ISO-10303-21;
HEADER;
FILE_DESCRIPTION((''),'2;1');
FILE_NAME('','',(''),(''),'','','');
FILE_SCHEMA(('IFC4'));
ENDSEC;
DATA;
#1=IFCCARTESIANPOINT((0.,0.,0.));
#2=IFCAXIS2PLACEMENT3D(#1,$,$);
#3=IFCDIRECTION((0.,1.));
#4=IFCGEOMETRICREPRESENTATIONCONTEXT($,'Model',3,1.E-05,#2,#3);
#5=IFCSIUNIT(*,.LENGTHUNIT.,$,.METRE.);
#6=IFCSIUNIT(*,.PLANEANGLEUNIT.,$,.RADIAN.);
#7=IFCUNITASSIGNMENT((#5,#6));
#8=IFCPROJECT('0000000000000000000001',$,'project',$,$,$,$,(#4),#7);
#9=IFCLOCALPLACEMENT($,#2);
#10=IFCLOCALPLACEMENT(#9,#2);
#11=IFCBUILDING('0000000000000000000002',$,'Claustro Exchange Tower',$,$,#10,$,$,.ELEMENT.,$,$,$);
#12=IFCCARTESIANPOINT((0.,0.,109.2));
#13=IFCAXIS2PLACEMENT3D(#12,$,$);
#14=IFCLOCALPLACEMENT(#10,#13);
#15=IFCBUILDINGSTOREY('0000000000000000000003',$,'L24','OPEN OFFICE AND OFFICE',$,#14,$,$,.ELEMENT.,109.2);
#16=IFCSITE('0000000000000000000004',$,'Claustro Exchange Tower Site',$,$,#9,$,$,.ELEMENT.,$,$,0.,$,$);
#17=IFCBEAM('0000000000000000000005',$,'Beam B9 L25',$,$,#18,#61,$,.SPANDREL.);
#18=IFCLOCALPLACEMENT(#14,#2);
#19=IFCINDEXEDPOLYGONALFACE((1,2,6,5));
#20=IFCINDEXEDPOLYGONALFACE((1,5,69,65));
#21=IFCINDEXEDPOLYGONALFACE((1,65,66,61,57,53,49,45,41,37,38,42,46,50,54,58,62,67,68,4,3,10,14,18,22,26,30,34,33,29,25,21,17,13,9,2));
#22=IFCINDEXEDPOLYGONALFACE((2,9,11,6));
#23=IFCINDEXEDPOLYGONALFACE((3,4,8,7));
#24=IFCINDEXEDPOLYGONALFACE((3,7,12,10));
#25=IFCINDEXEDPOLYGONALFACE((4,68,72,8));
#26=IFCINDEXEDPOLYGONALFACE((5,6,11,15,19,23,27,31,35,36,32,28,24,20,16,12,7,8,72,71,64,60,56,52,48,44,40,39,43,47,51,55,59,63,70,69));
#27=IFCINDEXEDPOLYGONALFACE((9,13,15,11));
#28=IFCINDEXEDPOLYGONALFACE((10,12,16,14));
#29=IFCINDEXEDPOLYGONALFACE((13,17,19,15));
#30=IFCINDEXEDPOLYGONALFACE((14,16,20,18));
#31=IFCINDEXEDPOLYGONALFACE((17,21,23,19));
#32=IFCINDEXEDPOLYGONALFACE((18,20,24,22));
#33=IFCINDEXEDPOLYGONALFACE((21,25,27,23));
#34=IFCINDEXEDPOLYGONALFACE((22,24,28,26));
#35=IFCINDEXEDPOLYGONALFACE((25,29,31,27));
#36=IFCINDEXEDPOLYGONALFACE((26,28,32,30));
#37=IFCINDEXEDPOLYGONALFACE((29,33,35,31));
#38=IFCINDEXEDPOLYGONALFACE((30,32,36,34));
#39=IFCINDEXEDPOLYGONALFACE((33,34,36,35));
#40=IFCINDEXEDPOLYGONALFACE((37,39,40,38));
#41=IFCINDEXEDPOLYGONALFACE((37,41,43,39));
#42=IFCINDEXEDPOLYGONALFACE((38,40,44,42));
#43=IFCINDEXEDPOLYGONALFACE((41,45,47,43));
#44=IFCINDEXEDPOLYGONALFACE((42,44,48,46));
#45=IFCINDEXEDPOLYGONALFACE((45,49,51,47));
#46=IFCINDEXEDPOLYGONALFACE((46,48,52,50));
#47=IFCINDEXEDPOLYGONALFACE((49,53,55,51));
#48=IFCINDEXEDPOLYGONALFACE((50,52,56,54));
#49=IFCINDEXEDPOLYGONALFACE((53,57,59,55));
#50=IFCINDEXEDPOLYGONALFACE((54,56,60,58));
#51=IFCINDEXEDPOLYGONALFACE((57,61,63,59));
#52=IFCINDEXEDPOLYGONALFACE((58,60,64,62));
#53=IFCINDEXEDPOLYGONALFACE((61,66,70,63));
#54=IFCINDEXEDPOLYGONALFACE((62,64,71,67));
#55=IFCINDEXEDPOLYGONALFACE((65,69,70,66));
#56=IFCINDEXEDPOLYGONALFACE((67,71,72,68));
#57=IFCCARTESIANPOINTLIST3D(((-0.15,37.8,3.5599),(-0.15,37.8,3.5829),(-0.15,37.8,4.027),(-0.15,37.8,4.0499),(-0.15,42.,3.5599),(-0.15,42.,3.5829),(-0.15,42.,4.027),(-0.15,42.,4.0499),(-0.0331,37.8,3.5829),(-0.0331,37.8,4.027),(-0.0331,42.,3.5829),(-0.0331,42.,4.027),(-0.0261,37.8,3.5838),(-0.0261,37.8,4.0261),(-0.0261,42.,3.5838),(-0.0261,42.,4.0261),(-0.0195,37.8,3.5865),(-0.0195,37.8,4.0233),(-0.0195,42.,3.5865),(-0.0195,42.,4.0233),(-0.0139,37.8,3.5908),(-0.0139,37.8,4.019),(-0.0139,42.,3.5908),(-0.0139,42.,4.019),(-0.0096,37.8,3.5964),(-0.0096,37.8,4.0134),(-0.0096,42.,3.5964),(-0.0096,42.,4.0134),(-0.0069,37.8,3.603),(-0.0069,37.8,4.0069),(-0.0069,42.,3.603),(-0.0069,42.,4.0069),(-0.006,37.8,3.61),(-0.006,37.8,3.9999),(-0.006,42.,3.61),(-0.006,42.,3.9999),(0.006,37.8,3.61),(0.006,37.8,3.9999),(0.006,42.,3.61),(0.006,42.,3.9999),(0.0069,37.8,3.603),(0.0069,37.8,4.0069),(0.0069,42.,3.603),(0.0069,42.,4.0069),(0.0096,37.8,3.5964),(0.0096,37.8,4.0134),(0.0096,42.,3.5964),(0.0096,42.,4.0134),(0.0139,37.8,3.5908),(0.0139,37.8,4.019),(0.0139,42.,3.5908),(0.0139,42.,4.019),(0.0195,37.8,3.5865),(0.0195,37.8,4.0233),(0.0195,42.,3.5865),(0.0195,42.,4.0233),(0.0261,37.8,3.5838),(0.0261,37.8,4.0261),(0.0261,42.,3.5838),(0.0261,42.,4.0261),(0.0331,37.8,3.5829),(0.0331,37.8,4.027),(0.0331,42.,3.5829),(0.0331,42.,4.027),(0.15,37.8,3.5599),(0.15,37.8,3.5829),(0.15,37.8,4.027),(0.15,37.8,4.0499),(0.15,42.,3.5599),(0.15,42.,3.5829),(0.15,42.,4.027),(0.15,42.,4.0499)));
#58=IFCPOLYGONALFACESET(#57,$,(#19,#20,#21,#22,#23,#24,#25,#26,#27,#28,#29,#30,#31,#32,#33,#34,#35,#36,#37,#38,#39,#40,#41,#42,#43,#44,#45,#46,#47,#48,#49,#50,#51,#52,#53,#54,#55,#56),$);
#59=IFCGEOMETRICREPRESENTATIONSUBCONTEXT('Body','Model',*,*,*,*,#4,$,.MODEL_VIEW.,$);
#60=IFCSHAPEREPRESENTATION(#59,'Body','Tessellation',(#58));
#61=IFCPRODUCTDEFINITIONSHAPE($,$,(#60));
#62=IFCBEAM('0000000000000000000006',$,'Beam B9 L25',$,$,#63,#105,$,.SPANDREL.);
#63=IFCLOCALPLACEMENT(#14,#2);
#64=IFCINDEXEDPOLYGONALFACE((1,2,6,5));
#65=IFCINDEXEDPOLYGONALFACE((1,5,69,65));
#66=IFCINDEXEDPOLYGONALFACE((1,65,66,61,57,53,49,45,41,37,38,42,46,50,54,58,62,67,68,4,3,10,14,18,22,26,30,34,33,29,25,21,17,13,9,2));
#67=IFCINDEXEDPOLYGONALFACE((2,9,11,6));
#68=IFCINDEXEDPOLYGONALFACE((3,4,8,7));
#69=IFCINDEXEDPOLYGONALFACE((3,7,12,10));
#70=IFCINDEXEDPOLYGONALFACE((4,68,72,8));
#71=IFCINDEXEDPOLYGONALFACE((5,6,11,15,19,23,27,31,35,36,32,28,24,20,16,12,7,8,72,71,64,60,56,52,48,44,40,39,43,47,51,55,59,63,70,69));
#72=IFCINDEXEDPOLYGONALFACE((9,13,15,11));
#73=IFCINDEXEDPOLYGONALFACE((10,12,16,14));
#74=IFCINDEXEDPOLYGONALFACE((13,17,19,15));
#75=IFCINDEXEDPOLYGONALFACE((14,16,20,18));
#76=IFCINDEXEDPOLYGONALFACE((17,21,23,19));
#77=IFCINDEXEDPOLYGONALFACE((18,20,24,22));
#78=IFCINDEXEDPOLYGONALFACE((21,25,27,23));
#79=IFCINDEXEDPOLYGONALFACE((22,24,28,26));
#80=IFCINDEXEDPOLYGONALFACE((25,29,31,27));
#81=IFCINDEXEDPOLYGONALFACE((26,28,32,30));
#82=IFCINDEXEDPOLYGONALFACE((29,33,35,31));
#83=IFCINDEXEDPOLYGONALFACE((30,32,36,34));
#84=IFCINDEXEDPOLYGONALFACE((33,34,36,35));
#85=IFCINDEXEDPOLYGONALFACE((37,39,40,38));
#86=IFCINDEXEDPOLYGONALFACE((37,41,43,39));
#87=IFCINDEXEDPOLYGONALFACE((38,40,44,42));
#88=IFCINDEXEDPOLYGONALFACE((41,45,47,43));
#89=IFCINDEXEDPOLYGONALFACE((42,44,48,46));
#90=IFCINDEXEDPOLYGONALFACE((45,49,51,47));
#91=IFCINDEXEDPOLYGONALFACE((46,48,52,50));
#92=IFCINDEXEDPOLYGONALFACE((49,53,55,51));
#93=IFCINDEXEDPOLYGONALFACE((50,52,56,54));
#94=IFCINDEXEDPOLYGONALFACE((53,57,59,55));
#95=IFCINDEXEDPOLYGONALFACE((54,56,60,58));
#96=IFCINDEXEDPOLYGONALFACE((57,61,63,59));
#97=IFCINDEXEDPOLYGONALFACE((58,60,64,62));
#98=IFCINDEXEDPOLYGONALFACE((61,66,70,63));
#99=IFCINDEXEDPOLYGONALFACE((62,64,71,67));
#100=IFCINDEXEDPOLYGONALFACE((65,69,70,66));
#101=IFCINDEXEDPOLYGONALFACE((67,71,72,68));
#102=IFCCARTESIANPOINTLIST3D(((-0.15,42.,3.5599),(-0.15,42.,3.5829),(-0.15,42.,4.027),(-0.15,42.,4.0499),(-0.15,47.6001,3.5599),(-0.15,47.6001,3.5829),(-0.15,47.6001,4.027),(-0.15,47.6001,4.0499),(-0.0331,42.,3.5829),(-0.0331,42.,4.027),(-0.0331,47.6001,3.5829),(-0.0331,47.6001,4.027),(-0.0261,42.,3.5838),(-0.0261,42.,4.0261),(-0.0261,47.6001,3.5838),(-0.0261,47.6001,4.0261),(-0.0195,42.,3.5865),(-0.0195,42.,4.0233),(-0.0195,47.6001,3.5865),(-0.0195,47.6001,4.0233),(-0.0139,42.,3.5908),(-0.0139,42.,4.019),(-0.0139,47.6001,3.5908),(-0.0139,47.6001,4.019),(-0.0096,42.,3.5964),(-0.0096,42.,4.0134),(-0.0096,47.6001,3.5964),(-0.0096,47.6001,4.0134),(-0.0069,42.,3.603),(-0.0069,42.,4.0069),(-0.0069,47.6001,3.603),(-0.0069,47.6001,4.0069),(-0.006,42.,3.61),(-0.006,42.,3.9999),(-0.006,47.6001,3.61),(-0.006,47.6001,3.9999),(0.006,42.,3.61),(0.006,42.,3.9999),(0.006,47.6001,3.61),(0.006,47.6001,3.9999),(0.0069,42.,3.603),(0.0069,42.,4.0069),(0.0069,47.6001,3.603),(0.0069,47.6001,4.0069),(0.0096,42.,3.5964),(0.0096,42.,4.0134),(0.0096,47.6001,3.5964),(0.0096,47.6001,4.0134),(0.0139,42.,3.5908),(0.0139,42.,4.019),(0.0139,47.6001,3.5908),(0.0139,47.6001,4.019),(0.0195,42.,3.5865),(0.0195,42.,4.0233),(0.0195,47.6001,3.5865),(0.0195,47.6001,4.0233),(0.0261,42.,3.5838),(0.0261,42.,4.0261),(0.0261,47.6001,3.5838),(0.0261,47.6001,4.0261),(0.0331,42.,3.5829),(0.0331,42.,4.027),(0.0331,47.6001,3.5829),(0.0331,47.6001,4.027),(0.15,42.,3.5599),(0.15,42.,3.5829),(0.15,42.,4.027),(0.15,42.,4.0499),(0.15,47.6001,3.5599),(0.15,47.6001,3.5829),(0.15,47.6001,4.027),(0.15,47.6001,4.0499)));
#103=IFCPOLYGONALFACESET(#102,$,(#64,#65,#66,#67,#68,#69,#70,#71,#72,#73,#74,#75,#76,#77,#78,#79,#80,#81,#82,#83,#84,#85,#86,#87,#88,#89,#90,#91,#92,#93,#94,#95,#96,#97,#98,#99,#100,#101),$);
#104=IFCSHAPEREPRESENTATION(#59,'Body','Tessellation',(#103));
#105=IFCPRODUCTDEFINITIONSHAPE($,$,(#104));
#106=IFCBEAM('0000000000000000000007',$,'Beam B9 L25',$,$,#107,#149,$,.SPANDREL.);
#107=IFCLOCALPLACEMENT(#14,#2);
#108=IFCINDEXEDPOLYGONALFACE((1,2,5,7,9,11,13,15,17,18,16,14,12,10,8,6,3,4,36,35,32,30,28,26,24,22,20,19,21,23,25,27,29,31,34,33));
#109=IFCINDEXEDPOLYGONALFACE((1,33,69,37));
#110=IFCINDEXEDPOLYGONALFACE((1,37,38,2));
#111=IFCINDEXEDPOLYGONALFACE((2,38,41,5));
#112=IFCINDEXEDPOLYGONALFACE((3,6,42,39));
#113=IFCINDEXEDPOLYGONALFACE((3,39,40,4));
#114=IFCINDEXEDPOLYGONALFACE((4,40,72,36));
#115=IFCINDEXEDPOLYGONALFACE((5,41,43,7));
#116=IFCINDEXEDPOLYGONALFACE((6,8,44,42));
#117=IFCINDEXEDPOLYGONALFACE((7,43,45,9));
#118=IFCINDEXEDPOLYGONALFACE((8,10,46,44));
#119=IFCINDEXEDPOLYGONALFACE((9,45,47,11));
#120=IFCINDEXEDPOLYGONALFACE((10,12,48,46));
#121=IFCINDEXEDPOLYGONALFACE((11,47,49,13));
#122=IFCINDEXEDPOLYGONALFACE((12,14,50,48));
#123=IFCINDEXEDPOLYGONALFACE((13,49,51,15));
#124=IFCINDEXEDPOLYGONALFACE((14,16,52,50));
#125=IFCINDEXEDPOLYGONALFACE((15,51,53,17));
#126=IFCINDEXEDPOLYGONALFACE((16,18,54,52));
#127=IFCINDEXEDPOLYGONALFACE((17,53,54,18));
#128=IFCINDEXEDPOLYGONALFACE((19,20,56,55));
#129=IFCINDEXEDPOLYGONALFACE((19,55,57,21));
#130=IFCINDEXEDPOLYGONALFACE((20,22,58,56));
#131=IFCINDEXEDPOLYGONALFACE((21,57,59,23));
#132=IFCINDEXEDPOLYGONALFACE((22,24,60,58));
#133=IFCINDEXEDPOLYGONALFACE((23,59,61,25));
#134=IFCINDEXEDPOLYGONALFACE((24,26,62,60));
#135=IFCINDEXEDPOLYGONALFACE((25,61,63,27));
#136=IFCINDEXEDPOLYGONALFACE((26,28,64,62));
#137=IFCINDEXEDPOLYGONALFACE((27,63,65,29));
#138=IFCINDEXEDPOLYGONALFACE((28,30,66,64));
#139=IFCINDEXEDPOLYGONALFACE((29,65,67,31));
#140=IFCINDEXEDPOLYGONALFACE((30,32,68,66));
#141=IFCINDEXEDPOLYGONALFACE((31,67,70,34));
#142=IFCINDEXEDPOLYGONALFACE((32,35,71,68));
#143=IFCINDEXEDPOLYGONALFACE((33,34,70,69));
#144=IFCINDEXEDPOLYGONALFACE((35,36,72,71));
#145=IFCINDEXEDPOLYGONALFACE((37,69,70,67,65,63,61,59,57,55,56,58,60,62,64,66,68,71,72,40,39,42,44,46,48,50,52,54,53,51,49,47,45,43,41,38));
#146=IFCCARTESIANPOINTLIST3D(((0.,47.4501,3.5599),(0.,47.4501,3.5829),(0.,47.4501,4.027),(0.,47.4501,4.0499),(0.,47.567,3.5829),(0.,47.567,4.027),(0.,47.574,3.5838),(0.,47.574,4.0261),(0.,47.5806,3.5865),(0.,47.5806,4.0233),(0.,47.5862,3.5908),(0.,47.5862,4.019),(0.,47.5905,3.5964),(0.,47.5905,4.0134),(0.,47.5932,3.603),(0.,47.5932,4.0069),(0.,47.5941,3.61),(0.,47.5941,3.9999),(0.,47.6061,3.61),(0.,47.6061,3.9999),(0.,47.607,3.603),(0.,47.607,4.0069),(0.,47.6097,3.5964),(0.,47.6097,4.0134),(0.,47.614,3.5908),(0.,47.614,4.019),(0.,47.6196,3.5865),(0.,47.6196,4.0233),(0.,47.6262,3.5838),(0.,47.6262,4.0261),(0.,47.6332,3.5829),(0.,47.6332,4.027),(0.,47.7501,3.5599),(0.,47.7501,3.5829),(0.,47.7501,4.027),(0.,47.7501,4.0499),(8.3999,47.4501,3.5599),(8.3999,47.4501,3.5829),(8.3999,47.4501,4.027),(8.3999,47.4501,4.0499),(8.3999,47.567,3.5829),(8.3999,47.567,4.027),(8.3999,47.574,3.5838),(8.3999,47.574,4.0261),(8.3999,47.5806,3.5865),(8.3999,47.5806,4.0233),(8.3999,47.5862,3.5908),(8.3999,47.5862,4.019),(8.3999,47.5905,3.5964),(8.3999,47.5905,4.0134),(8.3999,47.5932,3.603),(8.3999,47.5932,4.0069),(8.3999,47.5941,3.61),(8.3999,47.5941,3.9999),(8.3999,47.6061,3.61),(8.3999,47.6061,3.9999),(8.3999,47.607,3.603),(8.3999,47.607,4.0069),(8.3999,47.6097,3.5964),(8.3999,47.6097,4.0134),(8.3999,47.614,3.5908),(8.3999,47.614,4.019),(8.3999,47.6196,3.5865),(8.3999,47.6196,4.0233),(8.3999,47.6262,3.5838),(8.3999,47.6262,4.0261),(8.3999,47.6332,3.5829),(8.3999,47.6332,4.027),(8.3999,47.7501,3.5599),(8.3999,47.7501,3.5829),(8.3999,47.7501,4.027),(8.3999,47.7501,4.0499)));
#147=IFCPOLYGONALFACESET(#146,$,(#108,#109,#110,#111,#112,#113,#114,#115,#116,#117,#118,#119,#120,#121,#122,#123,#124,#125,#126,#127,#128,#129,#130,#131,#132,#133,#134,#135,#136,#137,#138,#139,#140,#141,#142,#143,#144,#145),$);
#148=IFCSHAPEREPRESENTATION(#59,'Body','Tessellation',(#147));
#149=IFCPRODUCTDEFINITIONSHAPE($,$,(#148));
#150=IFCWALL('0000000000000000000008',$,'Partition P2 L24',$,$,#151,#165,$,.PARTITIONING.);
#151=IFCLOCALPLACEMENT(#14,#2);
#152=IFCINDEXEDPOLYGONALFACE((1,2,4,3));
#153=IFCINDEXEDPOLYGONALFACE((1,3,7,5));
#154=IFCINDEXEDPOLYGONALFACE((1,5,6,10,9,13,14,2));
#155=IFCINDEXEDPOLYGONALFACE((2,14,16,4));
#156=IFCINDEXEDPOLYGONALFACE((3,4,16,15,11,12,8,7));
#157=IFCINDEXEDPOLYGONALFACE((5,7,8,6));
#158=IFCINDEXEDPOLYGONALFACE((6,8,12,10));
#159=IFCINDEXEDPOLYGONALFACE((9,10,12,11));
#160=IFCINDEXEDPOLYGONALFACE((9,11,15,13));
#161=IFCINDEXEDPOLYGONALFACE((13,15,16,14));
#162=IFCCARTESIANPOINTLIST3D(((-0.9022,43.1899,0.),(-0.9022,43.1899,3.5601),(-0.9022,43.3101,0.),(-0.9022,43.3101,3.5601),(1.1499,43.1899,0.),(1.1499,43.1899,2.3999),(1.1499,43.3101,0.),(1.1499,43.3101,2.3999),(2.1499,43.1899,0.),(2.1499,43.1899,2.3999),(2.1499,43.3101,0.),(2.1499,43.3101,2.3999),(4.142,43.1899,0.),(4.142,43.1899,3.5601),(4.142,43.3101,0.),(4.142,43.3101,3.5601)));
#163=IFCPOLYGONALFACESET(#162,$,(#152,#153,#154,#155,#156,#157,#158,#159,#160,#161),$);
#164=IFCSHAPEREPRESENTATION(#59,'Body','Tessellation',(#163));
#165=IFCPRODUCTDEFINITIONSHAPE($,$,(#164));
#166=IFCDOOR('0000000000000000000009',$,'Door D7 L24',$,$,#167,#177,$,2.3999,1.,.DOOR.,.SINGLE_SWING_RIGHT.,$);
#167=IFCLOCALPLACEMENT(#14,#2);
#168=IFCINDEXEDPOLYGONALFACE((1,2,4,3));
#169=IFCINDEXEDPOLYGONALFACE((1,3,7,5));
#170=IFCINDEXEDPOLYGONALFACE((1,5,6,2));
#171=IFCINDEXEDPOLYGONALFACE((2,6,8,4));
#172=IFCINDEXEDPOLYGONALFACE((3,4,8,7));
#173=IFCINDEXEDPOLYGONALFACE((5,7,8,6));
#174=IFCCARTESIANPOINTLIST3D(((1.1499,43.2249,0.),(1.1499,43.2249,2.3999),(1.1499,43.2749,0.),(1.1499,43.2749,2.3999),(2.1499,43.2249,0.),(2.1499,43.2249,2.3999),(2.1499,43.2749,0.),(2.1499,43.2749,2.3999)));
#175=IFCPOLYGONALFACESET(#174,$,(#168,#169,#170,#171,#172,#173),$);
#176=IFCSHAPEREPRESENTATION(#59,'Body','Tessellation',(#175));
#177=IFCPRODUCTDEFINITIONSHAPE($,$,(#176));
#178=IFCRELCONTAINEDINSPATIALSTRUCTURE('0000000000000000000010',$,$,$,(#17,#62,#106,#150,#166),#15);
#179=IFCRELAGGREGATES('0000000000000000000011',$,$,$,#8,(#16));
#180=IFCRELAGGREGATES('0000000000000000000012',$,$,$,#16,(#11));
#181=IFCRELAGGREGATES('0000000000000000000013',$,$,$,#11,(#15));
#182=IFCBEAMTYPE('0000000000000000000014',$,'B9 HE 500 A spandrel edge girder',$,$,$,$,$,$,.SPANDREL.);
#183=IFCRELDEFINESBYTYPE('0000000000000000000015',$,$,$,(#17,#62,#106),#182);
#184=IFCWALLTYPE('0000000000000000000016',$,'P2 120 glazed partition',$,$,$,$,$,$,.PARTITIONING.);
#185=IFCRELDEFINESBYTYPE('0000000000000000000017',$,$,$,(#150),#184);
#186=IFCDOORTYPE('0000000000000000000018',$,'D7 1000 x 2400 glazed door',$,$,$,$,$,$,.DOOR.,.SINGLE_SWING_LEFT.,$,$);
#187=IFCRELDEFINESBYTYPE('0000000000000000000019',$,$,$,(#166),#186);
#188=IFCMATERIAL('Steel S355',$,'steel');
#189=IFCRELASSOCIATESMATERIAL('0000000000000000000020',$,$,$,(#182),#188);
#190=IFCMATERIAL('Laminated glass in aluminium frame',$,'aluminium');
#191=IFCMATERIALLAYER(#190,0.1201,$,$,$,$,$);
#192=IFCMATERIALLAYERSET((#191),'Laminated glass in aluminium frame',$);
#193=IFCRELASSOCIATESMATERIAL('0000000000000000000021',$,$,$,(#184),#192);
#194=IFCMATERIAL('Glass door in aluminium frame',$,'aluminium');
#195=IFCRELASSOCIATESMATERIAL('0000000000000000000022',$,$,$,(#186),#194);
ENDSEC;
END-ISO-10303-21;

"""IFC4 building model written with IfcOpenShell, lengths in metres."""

from ifc_helpers import new_model, si_unit, direction, frame, frame_2d, origin, origin_2d, place, context, subcontext, project, spatial, rectangle, i_section, extrude, material, layer, layer_set, material_profile, profile_set, type_object, element, fill, save


model = new_model("IFC4")

# Units and contexts
model_context = context("Model", 3, precision=1e-05, world=origin(), true_north=direction((0.0, 1.0)))
body_context = subcontext(model_context, "Body", "Model", "MODEL_VIEW")
ifc_project = project(units=[si_unit("LENGTHUNIT", "METRE"), si_unit("PLANEANGLEUNIT", "RADIAN")], contexts=[model_context])

# Site, building, storey
site_placement = place(None, origin())
site = spatial("IfcSite", under=ifc_project, at=site_placement, Name="Claustro Exchange Tower Site", CompositionType="ELEMENT", RefElevation=0.0)
building_placement = place(site_placement, origin())
building = spatial("IfcBuilding", under=site, at=building_placement, Name="Claustro Exchange Tower", CompositionType="ELEMENT")
storey_placement = place(building_placement, frame((0.0, 0.0, 109.2)))
storey = spatial("IfcBuildingStorey", under=building, at=storey_placement, Name="L24", Description="OPEN OFFICE AND OFFICE", CompositionType="ELEMENT", Elevation=109.2)

# Beams
ifc_material_1 = material(Name="Steel S355", Category="steel")
ifc_material_profile_1 = material_profile(ifc_material_1, i_section(OverallWidth=0.3, OverallDepth=0.49, WebThickness=0.012, FlangeThickness=0.0229, FilletRadius=0.0271, at=origin_2d()), Name="HE 500 A")
ifc_profile_set_1 = profile_set([ifc_material_profile_1], Name="Steel S355")
beam_type_1 = type_object("IfcBeamType", Name="B9 HE 500 A spandrel edge girder", PredefinedType="SPANDREL", material=ifc_profile_set_1)
beam_1_placement = place(storey_placement, frame((0.0, 37.8, 3.8049), z_axis=(0.0, 1.0, 0.0), x_axis=(-1.0, 0.0, 0.0)))
element("IfcBeam", 1, at=beam_1_placement, inside=storey, type_object=beam_type_1, Name="Beam B9 L25", PredefinedType="SPANDREL", context=body_context, shape_type="SweptSolid", body=[
    extrude(i_section(OverallWidth=0.3, OverallDepth=0.49, WebThickness=0.012, FlangeThickness=0.0229, FilletRadius=0.0271, at=origin_2d()), origin(), (0.0, 0.0, 1.0), 4.2),
])
beam_2_placement = place(storey_placement, frame((0.0, 42.0, 3.8049), z_axis=(0.0, 1.0, 0.0), x_axis=(-1.0, 0.0, 0.0)))
element("IfcBeam", 2, at=beam_2_placement, inside=storey, type_object=beam_type_1, Name="Beam B9 L25", PredefinedType="SPANDREL", context=body_context, shape_type="SweptSolid", body=[
    extrude(i_section(OverallWidth=0.3, OverallDepth=0.49, WebThickness=0.012, FlangeThickness=0.0229, FilletRadius=0.0271, at=origin_2d()), origin(), (0.0, 0.0, 1.0), 5.6001),
])
beam_3_placement = place(storey_placement, frame((0.0, 47.6001, 3.8049), z_axis=(1.0, 0.0, 0.0), x_axis=(0.0, 1.0, 0.0)))
element("IfcBeam", 3, at=beam_3_placement, inside=storey, type_object=beam_type_1, Name="Beam B9 L25", PredefinedType="SPANDREL", context=body_context, shape_type="SweptSolid", body=[
    extrude(i_section(OverallWidth=0.3, OverallDepth=0.49, WebThickness=0.012, FlangeThickness=0.0229, FilletRadius=0.0271, at=origin_2d()), origin(), (0.0, 0.0, 1.0), 8.3999),
])

# Wall, opening, door
ifc_material_2 = material(Name="Laminated glass in aluminium frame", Category="aluminium")
ifc_layer_1 = layer(ifc_material_2, 0.1201)
ifc_layer_set_1 = layer_set([ifc_layer_1], Name="Laminated glass in aluminium frame")
wall_type_1 = type_object("IfcWallType", Name="P2 120 glazed partition", PredefinedType="PARTITIONING", material=ifc_layer_set_1)
wall_1_placement = place(storey_placement, frame((-0.9021, 43.25, 0.0), z_axis=(0.0, 0.0, 1.0), x_axis=(1.0, 0.0, 0.0)))
wall_1 = element("IfcWall", 4, at=wall_1_placement, inside=storey, type_object=wall_type_1, Name="Partition P2 L24", PredefinedType="PARTITIONING", context=body_context, shape_type="SweptSolid", body=[
    extrude(rectangle(XDim=5.0442, YDim=0.1201, at=frame_2d((2.522, 0.0))), origin(), (0.0, 0.0, 1.0), 3.5601),
])
opening_1_placement = place(wall_1_placement, frame((2.052, 0.0, 0.0)))
opening_1 = element("IfcOpeningElement", 5, at=opening_1_placement, cuts=wall_1, PredefinedType="OPENING", context=body_context, shape_type="SweptSolid", body=[
    extrude(rectangle(XDim=1.0, YDim=2.3999, at=frame_2d((0.5, 1.2))), frame((0.0, 0.0701, 0.0), z_axis=(0.0, -1.0, 0.0), x_axis=(1.0, 0.0, 0.0)), (0.0, 0.0, 1.0), 0.1401),
])
ifc_material_3 = material(Name="Glass door in aluminium frame", Category="aluminium")
door_type = type_object("IfcDoorType", Name="D7 1000 x 2400 glazed door", OperationType="SINGLE_SWING_LEFT", PredefinedType="DOOR", material=ifc_material_3)
door_1_placement = place(opening_1_placement, origin())
door_1 = element("IfcDoor", 6, at=door_1_placement, inside=storey, type_object=door_type, Name="Door D7 L24", OperationType="SINGLE_SWING_RIGHT", OverallHeight=2.3999, OverallWidth=1.0, PredefinedType="DOOR", context=body_context, shape_type="SweptSolid", body=[
    extrude(rectangle(XDim=1.0, YDim=2.3999, at=frame_2d((0.5, 1.2))), frame((0.0, 0.0249, 0.0), z_axis=(0.0, -1.0, 0.0), x_axis=(1.0, 0.0, 0.0)), (0.0, 0.0, 1.0), 0.05),
])
fill(opening_1, door_1)

save(model, "model.ifc")
